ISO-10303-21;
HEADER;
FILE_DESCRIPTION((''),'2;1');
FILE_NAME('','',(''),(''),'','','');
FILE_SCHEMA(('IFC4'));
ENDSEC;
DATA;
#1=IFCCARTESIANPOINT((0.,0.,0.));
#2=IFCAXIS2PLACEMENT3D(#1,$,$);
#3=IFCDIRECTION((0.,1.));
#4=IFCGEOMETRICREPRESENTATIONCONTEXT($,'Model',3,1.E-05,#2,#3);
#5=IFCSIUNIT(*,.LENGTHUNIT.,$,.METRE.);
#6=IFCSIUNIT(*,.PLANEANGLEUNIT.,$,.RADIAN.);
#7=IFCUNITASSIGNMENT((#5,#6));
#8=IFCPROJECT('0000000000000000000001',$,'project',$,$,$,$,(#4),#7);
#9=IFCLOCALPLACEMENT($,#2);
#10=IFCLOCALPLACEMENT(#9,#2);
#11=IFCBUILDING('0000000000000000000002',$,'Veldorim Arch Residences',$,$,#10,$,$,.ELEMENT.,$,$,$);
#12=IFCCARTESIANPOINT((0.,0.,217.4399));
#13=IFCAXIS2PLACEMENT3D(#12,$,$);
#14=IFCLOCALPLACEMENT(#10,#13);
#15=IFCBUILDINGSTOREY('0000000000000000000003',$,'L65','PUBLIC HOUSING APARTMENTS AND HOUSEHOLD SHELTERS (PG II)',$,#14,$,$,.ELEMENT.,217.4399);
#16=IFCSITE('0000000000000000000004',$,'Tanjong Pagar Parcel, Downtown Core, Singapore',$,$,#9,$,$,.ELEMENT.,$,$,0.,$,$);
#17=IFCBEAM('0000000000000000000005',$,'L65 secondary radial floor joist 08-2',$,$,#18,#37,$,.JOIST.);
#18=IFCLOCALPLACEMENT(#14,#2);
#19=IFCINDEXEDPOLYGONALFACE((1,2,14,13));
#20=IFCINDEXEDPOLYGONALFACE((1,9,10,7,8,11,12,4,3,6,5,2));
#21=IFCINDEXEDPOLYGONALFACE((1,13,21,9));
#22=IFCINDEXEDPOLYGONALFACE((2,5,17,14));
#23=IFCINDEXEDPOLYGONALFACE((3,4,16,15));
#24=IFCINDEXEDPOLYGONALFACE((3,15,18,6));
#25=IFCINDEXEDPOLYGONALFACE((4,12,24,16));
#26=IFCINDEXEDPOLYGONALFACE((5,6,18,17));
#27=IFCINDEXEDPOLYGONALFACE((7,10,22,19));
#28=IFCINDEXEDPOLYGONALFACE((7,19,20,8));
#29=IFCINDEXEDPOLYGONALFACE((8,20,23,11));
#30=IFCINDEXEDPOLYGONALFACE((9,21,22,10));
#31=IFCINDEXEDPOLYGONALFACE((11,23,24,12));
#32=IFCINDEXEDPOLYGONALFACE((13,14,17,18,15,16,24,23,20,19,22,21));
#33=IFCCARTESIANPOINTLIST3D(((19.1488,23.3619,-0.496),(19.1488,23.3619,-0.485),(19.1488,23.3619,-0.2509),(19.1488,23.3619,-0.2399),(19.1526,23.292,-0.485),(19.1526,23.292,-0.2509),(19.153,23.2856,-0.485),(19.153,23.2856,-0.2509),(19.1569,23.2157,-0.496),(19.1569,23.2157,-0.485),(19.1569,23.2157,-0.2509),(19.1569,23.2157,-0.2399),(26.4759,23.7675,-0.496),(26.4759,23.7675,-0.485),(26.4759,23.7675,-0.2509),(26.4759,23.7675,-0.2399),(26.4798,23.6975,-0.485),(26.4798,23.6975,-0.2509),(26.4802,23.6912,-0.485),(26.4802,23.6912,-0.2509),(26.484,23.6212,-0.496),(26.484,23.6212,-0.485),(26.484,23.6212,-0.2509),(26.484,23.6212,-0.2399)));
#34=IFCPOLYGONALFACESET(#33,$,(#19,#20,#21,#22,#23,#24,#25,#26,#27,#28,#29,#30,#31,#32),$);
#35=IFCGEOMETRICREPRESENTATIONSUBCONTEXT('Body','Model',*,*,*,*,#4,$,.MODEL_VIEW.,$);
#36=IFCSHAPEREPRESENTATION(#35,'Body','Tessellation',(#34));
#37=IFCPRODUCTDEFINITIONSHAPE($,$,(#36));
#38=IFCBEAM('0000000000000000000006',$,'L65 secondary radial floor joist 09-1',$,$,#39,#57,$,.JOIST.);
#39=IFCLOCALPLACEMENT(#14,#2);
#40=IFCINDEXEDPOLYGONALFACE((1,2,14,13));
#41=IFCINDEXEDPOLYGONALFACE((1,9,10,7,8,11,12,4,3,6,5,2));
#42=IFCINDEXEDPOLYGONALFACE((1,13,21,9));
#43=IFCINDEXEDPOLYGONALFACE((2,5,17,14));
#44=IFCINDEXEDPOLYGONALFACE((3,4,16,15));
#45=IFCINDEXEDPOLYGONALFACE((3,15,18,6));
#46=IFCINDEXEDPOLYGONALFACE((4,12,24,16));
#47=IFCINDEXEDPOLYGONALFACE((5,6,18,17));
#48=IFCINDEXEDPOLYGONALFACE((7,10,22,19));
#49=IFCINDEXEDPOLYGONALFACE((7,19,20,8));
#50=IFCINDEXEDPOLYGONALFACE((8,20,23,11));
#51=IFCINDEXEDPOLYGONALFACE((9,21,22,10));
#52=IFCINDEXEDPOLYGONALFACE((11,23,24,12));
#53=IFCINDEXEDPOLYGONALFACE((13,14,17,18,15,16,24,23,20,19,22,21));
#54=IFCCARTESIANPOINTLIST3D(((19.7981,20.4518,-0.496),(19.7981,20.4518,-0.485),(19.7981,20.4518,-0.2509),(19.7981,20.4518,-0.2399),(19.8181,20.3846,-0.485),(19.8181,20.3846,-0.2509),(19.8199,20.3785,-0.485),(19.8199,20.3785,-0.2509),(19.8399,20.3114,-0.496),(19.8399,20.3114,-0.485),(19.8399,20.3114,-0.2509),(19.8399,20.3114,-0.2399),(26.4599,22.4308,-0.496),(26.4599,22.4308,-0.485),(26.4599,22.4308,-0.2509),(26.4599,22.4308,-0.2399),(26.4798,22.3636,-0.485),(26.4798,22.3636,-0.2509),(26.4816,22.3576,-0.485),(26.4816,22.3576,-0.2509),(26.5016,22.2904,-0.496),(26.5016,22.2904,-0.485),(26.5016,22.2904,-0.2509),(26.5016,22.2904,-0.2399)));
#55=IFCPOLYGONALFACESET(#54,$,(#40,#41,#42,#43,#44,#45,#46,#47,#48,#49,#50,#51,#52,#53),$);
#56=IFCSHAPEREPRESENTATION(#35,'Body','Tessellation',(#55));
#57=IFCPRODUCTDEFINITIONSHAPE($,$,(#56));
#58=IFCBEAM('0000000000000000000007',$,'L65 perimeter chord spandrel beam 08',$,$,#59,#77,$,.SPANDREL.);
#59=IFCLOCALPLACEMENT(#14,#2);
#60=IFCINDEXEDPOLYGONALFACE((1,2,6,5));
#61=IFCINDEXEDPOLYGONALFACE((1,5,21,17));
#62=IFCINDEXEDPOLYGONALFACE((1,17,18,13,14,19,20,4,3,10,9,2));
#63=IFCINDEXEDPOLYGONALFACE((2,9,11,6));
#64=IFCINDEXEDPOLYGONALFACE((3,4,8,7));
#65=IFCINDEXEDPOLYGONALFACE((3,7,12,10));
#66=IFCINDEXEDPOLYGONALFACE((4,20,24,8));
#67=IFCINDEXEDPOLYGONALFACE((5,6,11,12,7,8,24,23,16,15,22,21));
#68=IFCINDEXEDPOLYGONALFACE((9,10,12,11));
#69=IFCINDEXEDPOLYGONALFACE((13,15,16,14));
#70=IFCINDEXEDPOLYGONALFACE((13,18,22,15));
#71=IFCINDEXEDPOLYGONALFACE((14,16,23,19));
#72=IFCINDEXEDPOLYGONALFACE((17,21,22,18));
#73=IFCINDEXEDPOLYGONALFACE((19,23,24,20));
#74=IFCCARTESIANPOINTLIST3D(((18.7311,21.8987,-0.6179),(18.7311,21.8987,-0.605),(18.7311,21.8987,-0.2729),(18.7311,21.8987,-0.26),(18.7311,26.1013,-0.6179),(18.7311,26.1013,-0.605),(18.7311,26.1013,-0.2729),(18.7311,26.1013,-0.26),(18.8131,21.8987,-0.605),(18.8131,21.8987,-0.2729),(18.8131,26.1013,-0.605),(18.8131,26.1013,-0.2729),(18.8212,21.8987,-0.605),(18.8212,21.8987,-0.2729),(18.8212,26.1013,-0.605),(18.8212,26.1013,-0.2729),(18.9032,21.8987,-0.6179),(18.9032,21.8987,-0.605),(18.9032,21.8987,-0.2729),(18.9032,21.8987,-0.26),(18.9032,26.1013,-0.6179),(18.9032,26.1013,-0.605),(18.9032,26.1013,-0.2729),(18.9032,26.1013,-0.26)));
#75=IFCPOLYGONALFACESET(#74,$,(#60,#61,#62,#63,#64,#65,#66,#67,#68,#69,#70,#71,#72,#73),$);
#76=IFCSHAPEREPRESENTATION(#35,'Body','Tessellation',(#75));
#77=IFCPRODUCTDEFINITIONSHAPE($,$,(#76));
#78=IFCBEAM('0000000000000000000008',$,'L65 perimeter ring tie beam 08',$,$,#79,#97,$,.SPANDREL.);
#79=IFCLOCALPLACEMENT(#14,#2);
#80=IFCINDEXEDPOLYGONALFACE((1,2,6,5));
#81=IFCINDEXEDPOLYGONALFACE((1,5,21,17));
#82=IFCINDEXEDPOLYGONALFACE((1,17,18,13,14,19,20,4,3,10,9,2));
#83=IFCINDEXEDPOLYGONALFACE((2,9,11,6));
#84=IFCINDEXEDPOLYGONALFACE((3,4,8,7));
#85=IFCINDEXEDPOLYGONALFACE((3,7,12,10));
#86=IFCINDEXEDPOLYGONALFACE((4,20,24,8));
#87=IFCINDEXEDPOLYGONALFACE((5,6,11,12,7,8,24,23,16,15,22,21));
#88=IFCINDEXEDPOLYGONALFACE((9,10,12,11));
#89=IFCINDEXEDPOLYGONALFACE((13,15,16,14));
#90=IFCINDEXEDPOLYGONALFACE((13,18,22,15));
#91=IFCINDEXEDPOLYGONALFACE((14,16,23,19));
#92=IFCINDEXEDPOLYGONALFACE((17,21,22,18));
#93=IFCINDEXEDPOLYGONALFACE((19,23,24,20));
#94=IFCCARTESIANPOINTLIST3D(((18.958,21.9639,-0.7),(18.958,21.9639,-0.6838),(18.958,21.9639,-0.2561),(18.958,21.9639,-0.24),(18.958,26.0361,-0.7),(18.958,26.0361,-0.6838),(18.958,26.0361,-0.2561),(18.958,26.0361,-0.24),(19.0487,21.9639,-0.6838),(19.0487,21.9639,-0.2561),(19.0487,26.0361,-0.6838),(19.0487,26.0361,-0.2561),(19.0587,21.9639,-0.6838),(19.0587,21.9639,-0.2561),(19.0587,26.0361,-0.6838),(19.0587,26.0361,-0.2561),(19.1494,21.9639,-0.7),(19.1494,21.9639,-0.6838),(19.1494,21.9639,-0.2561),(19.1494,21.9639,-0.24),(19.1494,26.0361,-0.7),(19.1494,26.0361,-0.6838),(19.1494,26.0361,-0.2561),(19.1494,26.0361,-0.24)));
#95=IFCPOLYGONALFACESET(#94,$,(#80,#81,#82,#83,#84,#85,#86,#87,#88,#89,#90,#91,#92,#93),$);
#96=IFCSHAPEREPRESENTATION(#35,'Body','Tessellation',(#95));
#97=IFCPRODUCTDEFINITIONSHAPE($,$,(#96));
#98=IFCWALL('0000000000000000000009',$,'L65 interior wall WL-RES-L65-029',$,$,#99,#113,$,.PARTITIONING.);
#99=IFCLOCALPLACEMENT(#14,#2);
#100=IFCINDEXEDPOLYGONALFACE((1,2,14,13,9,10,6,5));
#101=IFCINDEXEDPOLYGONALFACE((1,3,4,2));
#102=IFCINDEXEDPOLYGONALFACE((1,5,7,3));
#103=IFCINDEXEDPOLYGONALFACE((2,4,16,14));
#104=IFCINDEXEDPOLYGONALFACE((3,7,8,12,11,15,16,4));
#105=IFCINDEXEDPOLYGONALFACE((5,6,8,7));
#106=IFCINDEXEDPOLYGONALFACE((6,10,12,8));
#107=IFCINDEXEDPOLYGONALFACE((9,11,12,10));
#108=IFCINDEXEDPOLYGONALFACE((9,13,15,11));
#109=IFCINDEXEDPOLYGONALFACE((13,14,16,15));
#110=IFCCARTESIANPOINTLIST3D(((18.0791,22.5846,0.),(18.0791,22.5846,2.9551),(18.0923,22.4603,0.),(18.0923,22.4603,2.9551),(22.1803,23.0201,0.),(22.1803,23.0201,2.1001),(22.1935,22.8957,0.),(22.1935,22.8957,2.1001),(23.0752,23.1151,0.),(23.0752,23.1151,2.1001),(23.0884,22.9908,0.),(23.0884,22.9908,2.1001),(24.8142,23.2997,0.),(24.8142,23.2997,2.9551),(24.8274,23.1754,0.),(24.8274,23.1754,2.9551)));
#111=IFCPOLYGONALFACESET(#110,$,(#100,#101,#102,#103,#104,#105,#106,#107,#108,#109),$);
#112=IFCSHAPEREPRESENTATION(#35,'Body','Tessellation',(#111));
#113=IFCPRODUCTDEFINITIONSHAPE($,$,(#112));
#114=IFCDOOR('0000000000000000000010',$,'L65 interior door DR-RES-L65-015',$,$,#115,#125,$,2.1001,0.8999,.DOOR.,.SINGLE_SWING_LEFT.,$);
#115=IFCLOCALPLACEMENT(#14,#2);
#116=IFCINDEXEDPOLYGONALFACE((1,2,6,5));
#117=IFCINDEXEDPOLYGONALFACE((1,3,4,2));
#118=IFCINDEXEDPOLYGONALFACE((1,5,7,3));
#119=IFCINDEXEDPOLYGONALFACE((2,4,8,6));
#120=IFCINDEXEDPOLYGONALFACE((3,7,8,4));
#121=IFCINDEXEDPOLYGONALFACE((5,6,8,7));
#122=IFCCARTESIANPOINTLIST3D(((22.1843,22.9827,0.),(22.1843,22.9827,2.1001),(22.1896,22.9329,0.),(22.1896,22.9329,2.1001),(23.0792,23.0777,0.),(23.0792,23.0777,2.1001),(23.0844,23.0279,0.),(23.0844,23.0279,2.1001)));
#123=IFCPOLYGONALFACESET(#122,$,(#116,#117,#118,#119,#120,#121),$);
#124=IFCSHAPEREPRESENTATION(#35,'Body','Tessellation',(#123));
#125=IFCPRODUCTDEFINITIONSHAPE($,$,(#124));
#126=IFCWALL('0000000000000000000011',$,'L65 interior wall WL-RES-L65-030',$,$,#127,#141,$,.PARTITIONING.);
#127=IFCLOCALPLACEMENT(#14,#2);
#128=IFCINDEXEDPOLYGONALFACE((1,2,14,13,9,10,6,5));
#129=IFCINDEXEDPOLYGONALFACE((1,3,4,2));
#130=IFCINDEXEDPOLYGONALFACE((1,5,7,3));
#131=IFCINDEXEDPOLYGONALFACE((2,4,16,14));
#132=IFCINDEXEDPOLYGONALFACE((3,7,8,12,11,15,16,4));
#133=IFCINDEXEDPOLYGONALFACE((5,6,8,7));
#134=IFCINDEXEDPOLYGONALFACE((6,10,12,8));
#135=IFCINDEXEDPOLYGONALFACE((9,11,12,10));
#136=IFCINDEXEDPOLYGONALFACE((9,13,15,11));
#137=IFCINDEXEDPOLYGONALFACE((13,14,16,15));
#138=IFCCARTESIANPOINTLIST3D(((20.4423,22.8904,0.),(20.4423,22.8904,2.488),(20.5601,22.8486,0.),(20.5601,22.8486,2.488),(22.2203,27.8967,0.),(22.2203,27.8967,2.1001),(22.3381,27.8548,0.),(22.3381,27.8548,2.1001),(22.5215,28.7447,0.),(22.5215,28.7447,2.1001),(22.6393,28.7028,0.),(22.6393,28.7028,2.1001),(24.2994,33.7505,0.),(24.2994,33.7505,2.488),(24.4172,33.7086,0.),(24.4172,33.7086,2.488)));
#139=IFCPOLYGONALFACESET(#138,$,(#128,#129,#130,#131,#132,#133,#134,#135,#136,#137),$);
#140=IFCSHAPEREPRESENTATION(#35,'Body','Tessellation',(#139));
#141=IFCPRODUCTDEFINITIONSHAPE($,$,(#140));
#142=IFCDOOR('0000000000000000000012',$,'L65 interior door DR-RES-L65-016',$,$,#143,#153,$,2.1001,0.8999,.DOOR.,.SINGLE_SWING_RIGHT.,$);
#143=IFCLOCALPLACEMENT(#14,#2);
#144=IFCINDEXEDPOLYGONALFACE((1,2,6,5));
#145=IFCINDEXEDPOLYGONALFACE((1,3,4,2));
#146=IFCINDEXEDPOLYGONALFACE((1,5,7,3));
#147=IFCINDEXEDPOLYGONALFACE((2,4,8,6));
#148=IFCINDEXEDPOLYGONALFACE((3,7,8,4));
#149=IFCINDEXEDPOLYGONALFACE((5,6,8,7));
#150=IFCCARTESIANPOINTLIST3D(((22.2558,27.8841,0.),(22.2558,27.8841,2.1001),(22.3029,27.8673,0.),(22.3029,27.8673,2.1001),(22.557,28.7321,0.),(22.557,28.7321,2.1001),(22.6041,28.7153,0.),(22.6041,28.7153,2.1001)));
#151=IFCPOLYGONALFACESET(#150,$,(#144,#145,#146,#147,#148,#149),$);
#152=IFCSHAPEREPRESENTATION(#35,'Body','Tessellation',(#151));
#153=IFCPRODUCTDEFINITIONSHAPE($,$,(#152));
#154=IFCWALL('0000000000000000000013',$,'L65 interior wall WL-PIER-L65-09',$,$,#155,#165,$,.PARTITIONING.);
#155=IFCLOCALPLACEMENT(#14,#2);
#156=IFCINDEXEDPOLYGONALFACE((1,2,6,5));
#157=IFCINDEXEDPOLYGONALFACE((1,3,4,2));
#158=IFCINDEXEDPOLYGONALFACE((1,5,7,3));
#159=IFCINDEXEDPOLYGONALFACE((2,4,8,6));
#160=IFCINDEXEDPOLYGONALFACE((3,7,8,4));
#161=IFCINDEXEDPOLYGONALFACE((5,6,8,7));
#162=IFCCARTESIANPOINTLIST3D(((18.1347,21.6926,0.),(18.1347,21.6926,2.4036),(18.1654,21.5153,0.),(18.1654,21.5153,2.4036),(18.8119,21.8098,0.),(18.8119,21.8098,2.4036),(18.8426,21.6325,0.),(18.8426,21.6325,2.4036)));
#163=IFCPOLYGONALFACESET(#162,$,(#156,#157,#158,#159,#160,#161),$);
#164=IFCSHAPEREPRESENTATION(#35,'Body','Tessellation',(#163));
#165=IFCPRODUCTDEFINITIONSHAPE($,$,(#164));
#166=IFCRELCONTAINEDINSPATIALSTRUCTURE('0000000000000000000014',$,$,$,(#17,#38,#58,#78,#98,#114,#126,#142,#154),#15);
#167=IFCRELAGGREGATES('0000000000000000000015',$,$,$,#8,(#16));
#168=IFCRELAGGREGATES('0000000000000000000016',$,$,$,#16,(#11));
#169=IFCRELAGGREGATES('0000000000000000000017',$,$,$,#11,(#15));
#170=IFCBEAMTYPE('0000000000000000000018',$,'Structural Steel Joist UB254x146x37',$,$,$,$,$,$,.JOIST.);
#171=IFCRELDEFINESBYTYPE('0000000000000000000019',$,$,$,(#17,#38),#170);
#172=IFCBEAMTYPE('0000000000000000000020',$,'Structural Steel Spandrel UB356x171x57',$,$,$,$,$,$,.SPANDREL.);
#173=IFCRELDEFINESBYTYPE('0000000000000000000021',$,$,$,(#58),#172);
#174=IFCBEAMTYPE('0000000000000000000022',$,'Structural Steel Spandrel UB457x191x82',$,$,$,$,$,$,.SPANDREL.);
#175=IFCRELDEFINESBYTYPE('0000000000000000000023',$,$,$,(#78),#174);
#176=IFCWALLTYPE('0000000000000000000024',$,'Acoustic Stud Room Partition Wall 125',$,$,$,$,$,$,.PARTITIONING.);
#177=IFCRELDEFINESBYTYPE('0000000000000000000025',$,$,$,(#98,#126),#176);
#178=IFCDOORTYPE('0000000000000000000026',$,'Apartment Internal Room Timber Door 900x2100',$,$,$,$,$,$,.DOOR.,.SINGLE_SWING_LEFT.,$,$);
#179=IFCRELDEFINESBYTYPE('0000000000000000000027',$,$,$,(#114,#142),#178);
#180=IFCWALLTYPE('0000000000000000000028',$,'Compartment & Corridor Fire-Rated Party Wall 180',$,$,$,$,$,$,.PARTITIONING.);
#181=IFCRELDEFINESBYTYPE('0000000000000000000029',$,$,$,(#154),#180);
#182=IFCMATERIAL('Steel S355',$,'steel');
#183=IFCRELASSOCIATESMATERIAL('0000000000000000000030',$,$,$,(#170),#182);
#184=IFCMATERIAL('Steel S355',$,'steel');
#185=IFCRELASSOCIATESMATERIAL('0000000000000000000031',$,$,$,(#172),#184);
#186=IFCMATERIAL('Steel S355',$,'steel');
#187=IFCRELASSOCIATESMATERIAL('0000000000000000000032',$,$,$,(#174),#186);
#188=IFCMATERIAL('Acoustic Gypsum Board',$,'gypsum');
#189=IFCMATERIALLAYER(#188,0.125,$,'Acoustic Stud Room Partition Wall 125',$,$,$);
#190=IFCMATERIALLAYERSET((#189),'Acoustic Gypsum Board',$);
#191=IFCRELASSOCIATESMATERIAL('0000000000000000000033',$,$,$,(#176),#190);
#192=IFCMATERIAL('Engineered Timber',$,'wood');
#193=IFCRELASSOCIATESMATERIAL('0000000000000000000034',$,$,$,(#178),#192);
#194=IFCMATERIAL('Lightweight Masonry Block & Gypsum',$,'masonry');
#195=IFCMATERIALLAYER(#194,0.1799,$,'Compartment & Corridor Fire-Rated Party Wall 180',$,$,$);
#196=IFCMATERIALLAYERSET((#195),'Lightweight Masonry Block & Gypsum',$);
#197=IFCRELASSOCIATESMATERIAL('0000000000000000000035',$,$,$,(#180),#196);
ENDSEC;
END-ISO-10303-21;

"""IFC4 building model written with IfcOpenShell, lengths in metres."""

from ifc_helpers import new_model, si_unit, direction, frame, frame_2d, origin, origin_2d, place, context, subcontext, project, spatial, rectangle, i_section, extrude, material, layer, layer_set, material_profile, profile_set, type_object, element, fill, save


model = new_model("IFC4")

# Units and contexts
model_context = context("Model", 3, precision=1e-05, world=origin(), true_north=direction((0.0, 1.0)))
body_context = subcontext(model_context, "Body", "Model", "MODEL_VIEW")
ifc_project = project(units=[si_unit("LENGTHUNIT", "METRE"), si_unit("PLANEANGLEUNIT", "RADIAN")], contexts=[model_context])

# Site, building, storey
site_placement = place(None, origin())
site = spatial("IfcSite", under=ifc_project, at=site_placement, Name="Tanjong Pagar Parcel, Downtown Core, Singapore", CompositionType="ELEMENT", RefElevation=0.0)
building_placement = place(site_placement, origin())
building = spatial("IfcBuilding", under=site, at=building_placement, Name="Veldorim Arch Residences", CompositionType="ELEMENT")
storey_placement = place(building_placement, frame((0.0, 0.0, 217.4399)))
storey = spatial("IfcBuildingStorey", under=building, at=storey_placement, Name="L65", Description="PUBLIC HOUSING APARTMENTS AND HOUSEHOLD SHELTERS (PG II)", CompositionType="ELEMENT", Elevation=217.4399)

# Beams
ifc_material_1 = material(Name="Steel S355", Category="steel")
ifc_material_profile_1 = material_profile(ifc_material_1, i_section(OverallWidth=0.1465, OverallDepth=0.2561, WebThickness=0.0063, FlangeThickness=0.011, at=origin_2d()), Name="UB254x146x37")
ifc_profile_set_1 = profile_set([ifc_material_profile_1], Name="Steel S355")
beam_type_1 = type_object("IfcBeamType", Name="Structural Steel Joist UB254x146x37", PredefinedType="JOIST", material=ifc_profile_set_1)
for number, where, z_axis, x_axis, name in (
    (1, (26.48, 23.6943, -0.3679), (-0.998472, -0.05526, 0.0), (0.05526, -0.998472, 0.0), "L65 secondary radial floor joist 08-2"),
):
    element("IfcBeam", number, at=place(storey_placement, frame(where, z_axis=z_axis, x_axis=x_axis)), inside=storey, type_object=beam_type_1, Name=name, PredefinedType="JOIST", context=body_context, shape_type="SweptSolid", body=[
        extrude(i_section(OverallWidth=0.1465, OverallDepth=0.2561, WebThickness=0.0063, FlangeThickness=0.011, at=origin_2d()), origin(), (0.0, 0.0, 1.0), 7.3384),
    ])
beam_1_placement = place(storey_placement, frame((26.4807, 22.3606, -0.3679), z_axis=(-0.958594, -0.284775, 0.0), x_axis=(0.284775, -0.958594, 0.0)))
element("IfcBeam", 2, at=beam_1_placement, inside=storey, type_object=beam_type_1, Name="L65 secondary radial floor joist 09-1", PredefinedType="JOIST", context=body_context, shape_type="SweptSolid", body=[
    extrude(i_section(OverallWidth=0.1465, OverallDepth=0.2561, WebThickness=0.0063, FlangeThickness=0.011, at=origin_2d()), origin(), (0.0, 0.0, 1.0), 6.9495),
])
ifc_material_2 = material(Name="Steel S355", Category="steel")
ifc_material_profile_2 = material_profile(ifc_material_2, i_section(OverallWidth=0.1721, OverallDepth=0.3579, WebThickness=0.0081, FlangeThickness=0.0129, at=origin_2d()), Name="UB356x171x57")
ifc_profile_set_2 = profile_set([ifc_material_profile_2], Name="Steel S355")
beam_type_2 = type_object("IfcBeamType", Name="Structural Steel Spandrel UB356x171x57", PredefinedType="SPANDREL", material=ifc_profile_set_2)
beam_2_placement = place(storey_placement, frame((18.8171, 26.1013, -0.439), z_axis=(0.0, -1.0, 0.0), x_axis=(1.0, 0.0, 0.0)))
element("IfcBeam", 3, at=beam_2_placement, inside=storey, type_object=beam_type_2, Name="L65 perimeter chord spandrel beam 08", PredefinedType="SPANDREL", context=body_context, shape_type="SweptSolid", body=[
    extrude(i_section(OverallWidth=0.1721, OverallDepth=0.3579, WebThickness=0.0081, FlangeThickness=0.0129, at=origin_2d()), origin(), (0.0, 0.0, 1.0), 4.2026),
])
ifc_material_3 = material(Name="Steel S355", Category="steel")
ifc_material_profile_3 = material_profile(ifc_material_3, i_section(OverallWidth=0.1914, OverallDepth=0.46, WebThickness=0.01, FlangeThickness=0.0161, at=origin_2d()), Name="UB457x191x82")
ifc_profile_set_3 = profile_set([ifc_material_profile_3], Name="Steel S355")
beam_type_3 = type_object("IfcBeamType", Name="Structural Steel Spandrel UB457x191x82", PredefinedType="SPANDREL", material=ifc_profile_set_3)
beam_3_placement = place(storey_placement, frame((19.0537, 26.0361, -0.47), z_axis=(0.0, -1.0, 0.0), x_axis=(1.0, 0.0, 0.0)))
element("IfcBeam", 4, at=beam_3_placement, inside=storey, type_object=beam_type_3, Name="L65 perimeter ring tie beam 08", PredefinedType="SPANDREL", context=body_context, shape_type="SweptSolid", body=[
    extrude(i_section(OverallWidth=0.1914, OverallDepth=0.46, WebThickness=0.01, FlangeThickness=0.0161, at=origin_2d()), origin(), (0.0, 0.0, 1.0), 4.0723),
])

# Walls, openings, doors
ifc_material_4 = material(Name="Acoustic Gypsum Board", Category="gypsum")
ifc_layer_1 = layer(ifc_material_4, 0.125, Name="Acoustic Stud Room Partition Wall 125")
ifc_layer_set_1 = layer_set([ifc_layer_1], Name="Acoustic Gypsum Board")
wall_type_1 = type_object("IfcWallType", Name="Acoustic Stud Room Partition Wall 125", PredefinedType="PARTITIONING", material=ifc_layer_set_1)
wall_1_placement = place(storey_placement, frame((18.0857, 22.5225, 0.0), z_axis=(0.0, 0.0, 1.0), x_axis=(0.994411, 0.10558, 0.0)))
wall_1 = element("IfcWall", 5, at=wall_1_placement, inside=storey, type_object=wall_type_1, Name="L65 interior wall WL-RES-L65-029", PredefinedType="PARTITIONING", context=body_context, shape_type="SweptSolid", body=[
    extrude(rectangle(XDim=6.7729, YDim=0.125, at=frame_2d((3.3865, 0.0))), origin(), (0.0, 0.0, 1.0), 2.9551),
])
opening_1_placement = place(wall_1_placement, frame((4.1243, 0.0, 0.0)))
opening_1 = element("IfcOpeningElement", 6, at=opening_1_placement, cuts=wall_1, PredefinedType="OPENING", context=body_context, shape_type="SweptSolid", body=[
    extrude(rectangle(XDim=0.8999, YDim=2.1001, at=frame_2d((0.45, 1.05))), frame((0.0, 0.0725, 0.0), z_axis=(0.0, -1.0, 0.0), x_axis=(1.0, 0.0, 0.0)), (0.0, 0.0, 1.0), 0.145),
])
ifc_material_5 = material(Name="Engineered Timber", Category="wood")
door_type = type_object("IfcDoorType", Name="Apartment Internal Room Timber Door 900x2100", OperationType="SINGLE_SWING_LEFT", PredefinedType="DOOR", material=ifc_material_5)
door_1_placement = place(opening_1_placement, origin())
door_1 = element("IfcDoor", 7, at=door_1_placement, inside=storey, type_object=door_type, Name="L65 interior door DR-RES-L65-015", OperationType="SINGLE_SWING_LEFT", OverallHeight=2.1001, OverallWidth=0.8999, PredefinedType="DOOR", context=body_context, shape_type="SweptSolid", body=[
    extrude(rectangle(XDim=0.8999, YDim=2.1001, at=frame_2d((0.45, 1.05))), frame((0.0, 0.0249, 0.0), z_axis=(0.0, -1.0, 0.0), x_axis=(1.0, 0.0, 0.0)), (0.0, 0.0, 1.0), 0.05),
])
fill(opening_1, door_1)
wall_2_placement = place(storey_placement, frame((20.5012, 22.8696, 0.0), z_axis=(0.0, 0.0, 1.0), x_axis=(0.334687, 0.942329, 0.0)))
wall_2 = element("IfcWall", 8, at=wall_2_placement, inside=storey, type_object=wall_type_1, Name="L65 interior wall WL-RES-L65-030", PredefinedType="PARTITIONING", context=body_context, shape_type="SweptSolid", body=[
    extrude(rectangle(XDim=11.5247, YDim=0.125, at=frame_2d((5.7622, 0.0))), origin(), (0.0, 0.0, 1.0), 2.488),
])
opening_2_placement = place(wall_2_placement, frame((5.3125, 0.0, 0.0)))
opening_2 = element("IfcOpeningElement", 9, at=opening_2_placement, cuts=wall_2, PredefinedType="OPENING", context=body_context, shape_type="SweptSolid", body=[
    extrude(rectangle(XDim=0.8999, YDim=2.1001, at=frame_2d((0.45, 1.05))), frame((0.0, 0.0725, 0.0), z_axis=(0.0, -1.0, 0.0), x_axis=(1.0, 0.0, 0.0)), (0.0, 0.0, 1.0), 0.145),
])
door_2_placement = place(opening_2_placement, origin())
door_2 = element("IfcDoor", 10, at=door_2_placement, inside=storey, type_object=door_type, Name="L65 interior door DR-RES-L65-016", OperationType="SINGLE_SWING_RIGHT", OverallHeight=2.1001, OverallWidth=0.8999, PredefinedType="DOOR", context=body_context, shape_type="SweptSolid", body=[
    extrude(rectangle(XDim=0.8999, YDim=2.1001, at=frame_2d((0.45, 1.05))), frame((0.0, 0.0249, 0.0), z_axis=(0.0, -1.0, 0.0), x_axis=(1.0, 0.0, 0.0)), (0.0, 0.0, 1.0), 0.05),
])
fill(opening_2, door_2)

# Wall
ifc_material_6 = material(Name="Lightweight Masonry Block & Gypsum", Category="masonry")
ifc_layer_2 = layer(ifc_material_6, 0.1799, Name="Compartment & Corridor Fire-Rated Party Wall 180")
ifc_layer_set_2 = layer_set([ifc_layer_2], Name="Lightweight Masonry Block & Gypsum")
wall_type_2 = type_object("IfcWallType", Name="Compartment & Corridor Fire-Rated Party Wall 180", PredefinedType="PARTITIONING", material=ifc_layer_set_2)
wall_3_placement = place(storey_placement, frame((18.8274, 21.7212, 0.0), z_axis=(0.0, 0.0, 1.0), x_axis=(-0.985357, -0.170502, 0.0)))
element("IfcWall", 11, at=wall_3_placement, inside=storey, type_object=wall_type_2, Name="L65 interior wall WL-PIER-L65-09", PredefinedType="PARTITIONING", context=body_context, shape_type="SweptSolid", body=[
    extrude(rectangle(XDim=0.6873, YDim=0.1799, at=frame_2d((0.3438, 0.0))), origin(), (0.0, 0.0, 1.0), 2.4036),
])

save(model, "model.ifc")
